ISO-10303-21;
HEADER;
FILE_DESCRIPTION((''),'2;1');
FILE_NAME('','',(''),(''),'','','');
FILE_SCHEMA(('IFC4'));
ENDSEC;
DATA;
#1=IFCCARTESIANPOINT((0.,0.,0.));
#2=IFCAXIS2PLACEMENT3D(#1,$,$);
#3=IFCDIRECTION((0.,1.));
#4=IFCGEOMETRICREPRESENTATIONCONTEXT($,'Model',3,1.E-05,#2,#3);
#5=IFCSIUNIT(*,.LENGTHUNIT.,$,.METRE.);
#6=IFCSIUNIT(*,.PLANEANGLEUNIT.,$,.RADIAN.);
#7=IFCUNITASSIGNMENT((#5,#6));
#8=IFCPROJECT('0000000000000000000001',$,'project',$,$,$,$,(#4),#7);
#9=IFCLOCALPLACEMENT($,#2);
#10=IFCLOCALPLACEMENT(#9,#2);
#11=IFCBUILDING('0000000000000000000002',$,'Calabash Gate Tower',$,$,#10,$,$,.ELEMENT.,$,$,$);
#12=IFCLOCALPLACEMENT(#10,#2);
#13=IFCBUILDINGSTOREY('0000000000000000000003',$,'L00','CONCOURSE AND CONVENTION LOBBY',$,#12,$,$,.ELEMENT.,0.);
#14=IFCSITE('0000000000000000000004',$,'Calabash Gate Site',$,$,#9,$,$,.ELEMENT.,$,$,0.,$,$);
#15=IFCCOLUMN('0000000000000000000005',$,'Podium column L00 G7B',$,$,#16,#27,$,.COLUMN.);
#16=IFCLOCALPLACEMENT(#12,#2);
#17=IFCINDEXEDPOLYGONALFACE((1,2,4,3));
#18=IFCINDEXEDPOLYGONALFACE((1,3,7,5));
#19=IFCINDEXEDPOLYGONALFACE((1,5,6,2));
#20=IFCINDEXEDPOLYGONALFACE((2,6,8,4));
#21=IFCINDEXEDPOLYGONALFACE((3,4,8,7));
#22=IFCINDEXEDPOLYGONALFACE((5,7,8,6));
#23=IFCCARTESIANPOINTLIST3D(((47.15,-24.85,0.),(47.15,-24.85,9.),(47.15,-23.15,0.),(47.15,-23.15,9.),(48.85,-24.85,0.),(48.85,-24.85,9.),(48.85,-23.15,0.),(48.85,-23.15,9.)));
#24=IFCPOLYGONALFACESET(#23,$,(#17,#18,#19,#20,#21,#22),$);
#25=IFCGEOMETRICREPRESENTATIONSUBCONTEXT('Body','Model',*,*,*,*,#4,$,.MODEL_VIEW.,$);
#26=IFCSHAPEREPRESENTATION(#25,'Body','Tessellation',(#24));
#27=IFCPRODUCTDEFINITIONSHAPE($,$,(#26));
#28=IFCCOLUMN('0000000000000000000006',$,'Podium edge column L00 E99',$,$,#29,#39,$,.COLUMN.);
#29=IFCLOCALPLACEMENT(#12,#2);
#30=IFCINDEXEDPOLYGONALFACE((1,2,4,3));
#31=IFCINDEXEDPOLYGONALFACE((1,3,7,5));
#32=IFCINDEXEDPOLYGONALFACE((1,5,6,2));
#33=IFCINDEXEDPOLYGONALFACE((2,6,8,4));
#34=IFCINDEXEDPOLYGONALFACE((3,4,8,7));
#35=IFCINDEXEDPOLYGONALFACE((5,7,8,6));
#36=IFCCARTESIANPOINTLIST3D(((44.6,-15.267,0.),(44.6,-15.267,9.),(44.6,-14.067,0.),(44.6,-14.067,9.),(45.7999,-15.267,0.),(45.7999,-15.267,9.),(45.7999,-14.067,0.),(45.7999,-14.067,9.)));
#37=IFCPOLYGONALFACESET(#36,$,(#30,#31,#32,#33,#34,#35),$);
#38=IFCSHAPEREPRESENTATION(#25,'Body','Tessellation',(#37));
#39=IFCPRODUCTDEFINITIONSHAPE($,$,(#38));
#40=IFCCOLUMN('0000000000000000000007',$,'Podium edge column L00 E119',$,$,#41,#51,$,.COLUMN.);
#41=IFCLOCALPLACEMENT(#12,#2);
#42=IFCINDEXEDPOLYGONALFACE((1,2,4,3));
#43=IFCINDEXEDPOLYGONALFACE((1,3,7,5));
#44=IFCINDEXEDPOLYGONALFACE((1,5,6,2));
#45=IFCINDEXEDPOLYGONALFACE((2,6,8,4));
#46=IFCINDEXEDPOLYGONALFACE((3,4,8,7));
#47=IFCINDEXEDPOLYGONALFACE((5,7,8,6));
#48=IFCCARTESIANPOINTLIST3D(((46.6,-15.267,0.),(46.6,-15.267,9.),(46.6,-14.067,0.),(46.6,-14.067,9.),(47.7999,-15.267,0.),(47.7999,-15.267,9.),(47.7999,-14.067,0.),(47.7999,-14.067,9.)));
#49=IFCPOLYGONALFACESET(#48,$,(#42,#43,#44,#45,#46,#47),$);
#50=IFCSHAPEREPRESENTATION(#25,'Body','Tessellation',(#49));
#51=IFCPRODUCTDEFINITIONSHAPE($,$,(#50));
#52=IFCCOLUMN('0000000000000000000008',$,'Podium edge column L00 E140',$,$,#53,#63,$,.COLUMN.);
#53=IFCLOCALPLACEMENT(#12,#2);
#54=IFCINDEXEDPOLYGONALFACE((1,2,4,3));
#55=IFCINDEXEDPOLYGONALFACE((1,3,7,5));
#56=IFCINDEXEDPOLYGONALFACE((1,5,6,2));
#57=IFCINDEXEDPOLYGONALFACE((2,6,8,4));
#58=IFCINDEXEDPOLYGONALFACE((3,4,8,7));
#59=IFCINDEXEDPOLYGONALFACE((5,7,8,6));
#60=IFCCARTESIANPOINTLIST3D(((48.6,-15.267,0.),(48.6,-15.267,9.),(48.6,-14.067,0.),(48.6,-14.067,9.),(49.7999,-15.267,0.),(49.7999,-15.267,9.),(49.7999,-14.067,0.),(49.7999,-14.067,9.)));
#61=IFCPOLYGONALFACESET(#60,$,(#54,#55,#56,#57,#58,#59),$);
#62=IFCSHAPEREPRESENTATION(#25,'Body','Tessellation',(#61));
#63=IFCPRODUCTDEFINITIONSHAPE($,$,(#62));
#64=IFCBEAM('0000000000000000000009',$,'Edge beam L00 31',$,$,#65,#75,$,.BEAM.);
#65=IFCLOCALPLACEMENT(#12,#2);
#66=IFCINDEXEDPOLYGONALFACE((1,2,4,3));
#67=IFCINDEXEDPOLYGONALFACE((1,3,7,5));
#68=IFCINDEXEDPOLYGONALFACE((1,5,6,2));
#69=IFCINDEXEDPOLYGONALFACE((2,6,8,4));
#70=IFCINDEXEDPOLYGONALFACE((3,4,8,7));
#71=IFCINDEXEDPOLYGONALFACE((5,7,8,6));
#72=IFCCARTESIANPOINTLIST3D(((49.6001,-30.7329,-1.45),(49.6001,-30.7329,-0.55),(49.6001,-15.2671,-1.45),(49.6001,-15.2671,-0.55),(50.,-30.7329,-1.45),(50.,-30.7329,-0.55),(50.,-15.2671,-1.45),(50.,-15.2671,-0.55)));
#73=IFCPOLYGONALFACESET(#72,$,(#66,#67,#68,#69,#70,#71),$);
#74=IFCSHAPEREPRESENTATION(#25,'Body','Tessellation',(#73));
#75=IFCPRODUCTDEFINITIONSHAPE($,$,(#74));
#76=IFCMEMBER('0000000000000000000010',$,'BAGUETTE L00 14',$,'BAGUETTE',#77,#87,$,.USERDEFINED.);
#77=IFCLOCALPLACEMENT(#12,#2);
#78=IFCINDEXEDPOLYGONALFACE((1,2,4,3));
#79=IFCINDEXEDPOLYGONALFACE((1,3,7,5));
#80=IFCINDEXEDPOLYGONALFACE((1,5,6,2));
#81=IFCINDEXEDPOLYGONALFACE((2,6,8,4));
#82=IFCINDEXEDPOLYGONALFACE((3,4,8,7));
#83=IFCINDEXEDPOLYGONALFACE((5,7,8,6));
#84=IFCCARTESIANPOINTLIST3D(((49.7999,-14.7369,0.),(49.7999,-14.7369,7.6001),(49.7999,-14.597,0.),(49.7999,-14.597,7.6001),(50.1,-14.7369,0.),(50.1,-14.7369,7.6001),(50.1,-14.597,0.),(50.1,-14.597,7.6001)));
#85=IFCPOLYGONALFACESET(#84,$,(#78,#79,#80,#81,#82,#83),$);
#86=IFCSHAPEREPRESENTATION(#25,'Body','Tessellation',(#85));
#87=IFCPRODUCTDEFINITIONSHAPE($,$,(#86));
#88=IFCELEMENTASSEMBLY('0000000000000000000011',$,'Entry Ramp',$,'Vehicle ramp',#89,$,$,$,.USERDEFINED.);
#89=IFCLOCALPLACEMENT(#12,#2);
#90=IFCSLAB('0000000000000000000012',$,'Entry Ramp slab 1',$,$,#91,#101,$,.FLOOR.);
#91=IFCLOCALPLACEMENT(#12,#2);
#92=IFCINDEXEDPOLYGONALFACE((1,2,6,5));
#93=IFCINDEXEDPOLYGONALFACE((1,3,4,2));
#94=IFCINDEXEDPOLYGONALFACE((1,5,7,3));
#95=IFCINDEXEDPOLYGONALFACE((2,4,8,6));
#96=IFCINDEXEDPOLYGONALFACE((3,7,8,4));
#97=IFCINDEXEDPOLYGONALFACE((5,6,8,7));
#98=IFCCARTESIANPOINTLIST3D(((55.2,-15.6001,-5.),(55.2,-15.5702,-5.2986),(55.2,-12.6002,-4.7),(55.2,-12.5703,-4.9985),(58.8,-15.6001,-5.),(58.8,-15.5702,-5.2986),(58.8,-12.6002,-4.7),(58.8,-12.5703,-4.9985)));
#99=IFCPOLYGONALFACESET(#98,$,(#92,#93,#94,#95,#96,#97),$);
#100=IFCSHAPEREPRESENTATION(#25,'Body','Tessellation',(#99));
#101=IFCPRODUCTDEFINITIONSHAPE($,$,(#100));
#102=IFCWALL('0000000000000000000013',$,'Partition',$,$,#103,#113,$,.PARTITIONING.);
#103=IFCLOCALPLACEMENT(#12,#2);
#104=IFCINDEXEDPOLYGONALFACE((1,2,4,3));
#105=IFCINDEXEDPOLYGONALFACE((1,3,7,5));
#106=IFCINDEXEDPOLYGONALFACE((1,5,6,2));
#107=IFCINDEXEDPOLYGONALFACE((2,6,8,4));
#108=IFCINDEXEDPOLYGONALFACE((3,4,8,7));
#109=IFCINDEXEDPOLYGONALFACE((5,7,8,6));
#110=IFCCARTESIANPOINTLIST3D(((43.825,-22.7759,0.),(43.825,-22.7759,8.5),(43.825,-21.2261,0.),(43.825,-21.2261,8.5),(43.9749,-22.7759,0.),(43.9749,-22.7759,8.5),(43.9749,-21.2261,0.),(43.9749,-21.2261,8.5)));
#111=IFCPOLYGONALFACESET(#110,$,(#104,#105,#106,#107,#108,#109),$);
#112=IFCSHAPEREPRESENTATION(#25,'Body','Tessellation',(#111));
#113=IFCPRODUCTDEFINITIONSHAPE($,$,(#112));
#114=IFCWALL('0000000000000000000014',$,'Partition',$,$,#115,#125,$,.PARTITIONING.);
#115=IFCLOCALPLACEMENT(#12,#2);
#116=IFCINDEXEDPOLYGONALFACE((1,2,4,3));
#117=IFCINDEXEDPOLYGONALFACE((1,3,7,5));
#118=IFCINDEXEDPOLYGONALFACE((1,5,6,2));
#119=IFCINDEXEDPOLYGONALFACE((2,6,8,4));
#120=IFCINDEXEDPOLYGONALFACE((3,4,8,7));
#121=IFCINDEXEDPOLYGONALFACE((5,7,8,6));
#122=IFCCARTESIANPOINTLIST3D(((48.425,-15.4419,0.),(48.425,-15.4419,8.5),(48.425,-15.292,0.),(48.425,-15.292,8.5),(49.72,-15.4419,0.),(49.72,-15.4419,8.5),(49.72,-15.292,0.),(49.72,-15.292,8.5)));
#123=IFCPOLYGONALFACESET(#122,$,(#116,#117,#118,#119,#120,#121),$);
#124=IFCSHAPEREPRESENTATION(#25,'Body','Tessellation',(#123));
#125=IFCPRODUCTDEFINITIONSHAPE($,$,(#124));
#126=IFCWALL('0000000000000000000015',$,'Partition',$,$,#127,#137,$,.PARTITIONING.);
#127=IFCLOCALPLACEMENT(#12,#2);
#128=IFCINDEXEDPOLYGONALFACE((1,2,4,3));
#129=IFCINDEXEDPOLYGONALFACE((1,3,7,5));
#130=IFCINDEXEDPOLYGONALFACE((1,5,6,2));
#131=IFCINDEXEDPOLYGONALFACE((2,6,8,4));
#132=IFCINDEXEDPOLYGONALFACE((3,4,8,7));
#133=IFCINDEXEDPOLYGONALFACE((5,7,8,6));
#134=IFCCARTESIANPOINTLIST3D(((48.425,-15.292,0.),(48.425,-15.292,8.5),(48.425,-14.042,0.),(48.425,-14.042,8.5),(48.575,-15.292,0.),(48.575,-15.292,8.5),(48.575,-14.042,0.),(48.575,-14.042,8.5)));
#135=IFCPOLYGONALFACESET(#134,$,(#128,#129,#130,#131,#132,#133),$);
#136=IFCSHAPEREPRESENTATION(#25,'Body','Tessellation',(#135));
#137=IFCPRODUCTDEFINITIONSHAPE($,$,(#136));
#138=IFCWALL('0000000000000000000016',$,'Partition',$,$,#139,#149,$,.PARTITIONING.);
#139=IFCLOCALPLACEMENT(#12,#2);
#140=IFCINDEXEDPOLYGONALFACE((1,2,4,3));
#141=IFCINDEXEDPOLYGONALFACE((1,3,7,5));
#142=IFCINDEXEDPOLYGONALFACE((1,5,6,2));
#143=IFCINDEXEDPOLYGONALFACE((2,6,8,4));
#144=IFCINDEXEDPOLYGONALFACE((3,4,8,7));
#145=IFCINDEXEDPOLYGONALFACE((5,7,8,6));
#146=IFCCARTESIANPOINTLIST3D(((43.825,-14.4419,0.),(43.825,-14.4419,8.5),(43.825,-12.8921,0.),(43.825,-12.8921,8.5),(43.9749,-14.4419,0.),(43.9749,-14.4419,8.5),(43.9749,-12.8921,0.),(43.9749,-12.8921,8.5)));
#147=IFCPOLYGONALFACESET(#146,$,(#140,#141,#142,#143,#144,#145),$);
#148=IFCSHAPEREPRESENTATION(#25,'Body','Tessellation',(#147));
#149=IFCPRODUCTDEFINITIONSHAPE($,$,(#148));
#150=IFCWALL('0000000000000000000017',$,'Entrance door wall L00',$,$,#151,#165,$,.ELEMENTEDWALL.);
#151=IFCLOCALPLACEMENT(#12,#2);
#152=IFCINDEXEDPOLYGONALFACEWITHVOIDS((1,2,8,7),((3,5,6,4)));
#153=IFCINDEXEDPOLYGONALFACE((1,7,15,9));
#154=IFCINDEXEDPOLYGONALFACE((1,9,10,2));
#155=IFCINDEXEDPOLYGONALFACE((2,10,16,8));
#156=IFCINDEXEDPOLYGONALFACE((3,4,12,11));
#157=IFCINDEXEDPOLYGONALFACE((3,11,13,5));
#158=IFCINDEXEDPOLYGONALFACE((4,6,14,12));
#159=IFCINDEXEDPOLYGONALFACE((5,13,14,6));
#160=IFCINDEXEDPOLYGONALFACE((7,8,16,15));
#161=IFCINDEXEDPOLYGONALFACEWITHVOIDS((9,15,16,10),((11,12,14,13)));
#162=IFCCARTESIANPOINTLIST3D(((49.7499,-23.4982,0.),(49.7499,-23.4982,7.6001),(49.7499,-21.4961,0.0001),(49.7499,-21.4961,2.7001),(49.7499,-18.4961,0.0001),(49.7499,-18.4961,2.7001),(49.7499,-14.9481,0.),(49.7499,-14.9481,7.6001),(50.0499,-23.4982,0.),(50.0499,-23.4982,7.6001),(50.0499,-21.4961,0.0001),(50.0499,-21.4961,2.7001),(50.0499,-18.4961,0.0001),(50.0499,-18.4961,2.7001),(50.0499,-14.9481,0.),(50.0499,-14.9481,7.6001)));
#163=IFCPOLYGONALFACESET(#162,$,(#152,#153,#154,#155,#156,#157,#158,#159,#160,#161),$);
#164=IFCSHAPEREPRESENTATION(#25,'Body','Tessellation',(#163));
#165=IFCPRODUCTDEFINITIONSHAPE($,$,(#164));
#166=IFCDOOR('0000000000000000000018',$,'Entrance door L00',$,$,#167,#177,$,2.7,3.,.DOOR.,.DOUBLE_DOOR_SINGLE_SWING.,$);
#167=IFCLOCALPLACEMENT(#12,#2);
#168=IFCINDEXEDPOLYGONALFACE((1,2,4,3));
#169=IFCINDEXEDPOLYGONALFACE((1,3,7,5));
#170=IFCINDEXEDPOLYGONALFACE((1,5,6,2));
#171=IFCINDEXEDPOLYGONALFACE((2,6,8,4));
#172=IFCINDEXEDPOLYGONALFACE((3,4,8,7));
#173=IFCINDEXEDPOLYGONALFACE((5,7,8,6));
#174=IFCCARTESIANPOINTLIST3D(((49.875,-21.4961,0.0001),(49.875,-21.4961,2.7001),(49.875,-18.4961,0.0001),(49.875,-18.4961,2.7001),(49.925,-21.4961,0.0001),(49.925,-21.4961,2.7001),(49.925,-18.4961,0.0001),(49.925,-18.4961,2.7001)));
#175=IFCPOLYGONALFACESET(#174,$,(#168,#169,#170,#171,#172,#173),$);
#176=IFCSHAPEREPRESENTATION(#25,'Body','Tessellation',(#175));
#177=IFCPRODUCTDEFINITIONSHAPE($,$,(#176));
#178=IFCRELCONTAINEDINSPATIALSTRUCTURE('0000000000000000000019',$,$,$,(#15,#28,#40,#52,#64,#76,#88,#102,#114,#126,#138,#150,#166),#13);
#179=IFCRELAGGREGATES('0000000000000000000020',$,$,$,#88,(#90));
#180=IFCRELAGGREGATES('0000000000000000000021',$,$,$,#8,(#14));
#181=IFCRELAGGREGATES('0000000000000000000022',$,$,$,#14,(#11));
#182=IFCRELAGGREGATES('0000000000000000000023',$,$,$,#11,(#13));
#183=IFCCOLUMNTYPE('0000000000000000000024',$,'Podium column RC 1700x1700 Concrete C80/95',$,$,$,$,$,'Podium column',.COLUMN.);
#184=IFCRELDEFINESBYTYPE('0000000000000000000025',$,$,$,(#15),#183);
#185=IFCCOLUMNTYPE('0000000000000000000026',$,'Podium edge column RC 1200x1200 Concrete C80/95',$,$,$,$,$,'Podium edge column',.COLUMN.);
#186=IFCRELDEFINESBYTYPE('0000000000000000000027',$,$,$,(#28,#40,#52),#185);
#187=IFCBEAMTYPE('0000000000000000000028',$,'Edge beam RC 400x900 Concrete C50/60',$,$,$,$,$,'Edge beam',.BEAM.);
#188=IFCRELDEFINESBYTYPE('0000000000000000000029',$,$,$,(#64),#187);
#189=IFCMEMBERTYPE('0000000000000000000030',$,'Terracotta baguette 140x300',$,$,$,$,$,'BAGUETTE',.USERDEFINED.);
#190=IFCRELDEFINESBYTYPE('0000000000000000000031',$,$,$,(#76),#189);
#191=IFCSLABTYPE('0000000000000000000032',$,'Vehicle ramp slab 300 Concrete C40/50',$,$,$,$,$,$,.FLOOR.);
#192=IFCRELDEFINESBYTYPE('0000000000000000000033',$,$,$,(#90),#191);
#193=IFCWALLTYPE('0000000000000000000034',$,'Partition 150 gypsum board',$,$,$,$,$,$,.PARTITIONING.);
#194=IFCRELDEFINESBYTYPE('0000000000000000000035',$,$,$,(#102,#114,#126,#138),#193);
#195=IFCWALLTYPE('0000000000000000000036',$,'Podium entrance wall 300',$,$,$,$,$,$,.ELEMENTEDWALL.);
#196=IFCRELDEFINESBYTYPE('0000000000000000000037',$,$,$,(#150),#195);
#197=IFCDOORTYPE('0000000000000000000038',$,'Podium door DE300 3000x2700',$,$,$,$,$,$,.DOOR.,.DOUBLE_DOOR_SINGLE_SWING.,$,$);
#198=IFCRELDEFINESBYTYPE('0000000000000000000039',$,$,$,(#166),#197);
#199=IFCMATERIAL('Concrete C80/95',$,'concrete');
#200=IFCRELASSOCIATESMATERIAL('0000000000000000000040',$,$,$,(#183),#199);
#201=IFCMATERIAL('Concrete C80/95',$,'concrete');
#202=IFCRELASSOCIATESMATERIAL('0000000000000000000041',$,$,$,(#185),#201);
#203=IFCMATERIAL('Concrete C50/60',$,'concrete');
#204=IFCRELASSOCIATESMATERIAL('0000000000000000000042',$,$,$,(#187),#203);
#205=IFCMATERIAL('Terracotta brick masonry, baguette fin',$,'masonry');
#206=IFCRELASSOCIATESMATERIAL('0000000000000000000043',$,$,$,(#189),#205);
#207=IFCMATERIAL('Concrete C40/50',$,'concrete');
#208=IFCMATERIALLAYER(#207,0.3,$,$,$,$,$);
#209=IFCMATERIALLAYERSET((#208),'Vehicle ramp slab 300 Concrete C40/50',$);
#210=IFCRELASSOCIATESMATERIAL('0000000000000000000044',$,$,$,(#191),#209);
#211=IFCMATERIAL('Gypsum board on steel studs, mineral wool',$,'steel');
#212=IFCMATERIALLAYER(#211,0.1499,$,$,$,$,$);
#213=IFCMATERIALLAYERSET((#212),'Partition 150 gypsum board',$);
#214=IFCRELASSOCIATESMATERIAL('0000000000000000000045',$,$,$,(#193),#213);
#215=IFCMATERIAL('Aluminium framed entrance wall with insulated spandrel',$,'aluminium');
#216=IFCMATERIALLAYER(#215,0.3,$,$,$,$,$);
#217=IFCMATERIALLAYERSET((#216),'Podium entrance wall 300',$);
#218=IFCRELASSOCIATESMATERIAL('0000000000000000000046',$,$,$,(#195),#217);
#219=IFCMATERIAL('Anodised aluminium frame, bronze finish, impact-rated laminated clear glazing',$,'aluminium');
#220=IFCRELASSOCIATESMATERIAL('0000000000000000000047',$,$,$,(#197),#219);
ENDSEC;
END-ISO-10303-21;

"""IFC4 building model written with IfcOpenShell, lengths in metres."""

from ifc_helpers import new_model, si_unit, direction, frame, frame_2d, origin, origin_2d, place, context, subcontext, project, spatial, polyline, rectangle, outline, extrude, material, layer, layer_set, material_profile, profile_set, type_object, element, fill, aggregate, save


model = new_model("IFC4")

# Units and contexts
model_context = context("Model", 3, precision=1e-05, world=origin(), true_north=direction((0.0, 1.0)))
body_context = subcontext(model_context, "Body", "Model", "MODEL_VIEW")
ifc_project = project(units=[si_unit("LENGTHUNIT", "METRE"), si_unit("PLANEANGLEUNIT", "RADIAN")], contexts=[model_context])

# Site, building, storey
site_placement = place(None, origin())
site = spatial("IfcSite", under=ifc_project, at=site_placement, Name="Calabash Gate Site", CompositionType="ELEMENT", RefElevation=0.0)
building_placement = place(site_placement, origin())
building = spatial("IfcBuilding", under=site, at=building_placement, Name="Calabash Gate Tower", CompositionType="ELEMENT")
storey_placement = place(building_placement, origin())
storey = spatial("IfcBuildingStorey", under=building, at=storey_placement, Name="L00", Description="CONCOURSE AND CONVENTION LOBBY", CompositionType="ELEMENT", Elevation=0.0)

# Columns
ifc_material_1 = material(Name="Concrete C80/95", Category="concrete")
ifc_material_profile_1 = material_profile(ifc_material_1, rectangle(XDim=1.7, YDim=1.7, at=origin_2d()))
ifc_profile_set_1 = profile_set([ifc_material_profile_1], Name="Concrete C80/95")
column_type_1 = type_object("IfcColumnType", Name="Podium column RC 1700x1700 Concrete C80/95", ElementType="Podium column", PredefinedType="COLUMN", material=ifc_profile_set_1)
column_placement = place(storey_placement, frame((48.0, -24.0, 0.0), z_axis=(0.0, 0.0, 1.0), x_axis=(1.0, 0.0, 0.0)))
element("IfcColumn", 1, at=column_placement, inside=storey, type_object=column_type_1, Name="Podium column L00 G7B", PredefinedType="COLUMN", context=body_context, shape_type="SweptSolid", body=[
    extrude(rectangle(XDim=1.7, YDim=1.7, at=origin_2d()), origin(), (0.0, 0.0, 1.0), 9.0),
])
ifc_material_2 = material(Name="Concrete C80/95", Category="concrete")
ifc_material_profile_2 = material_profile(ifc_material_2, rectangle(XDim=1.2, YDim=1.2, at=origin_2d()))
ifc_profile_set_2 = profile_set([ifc_material_profile_2], Name="Concrete C80/95")
column_type_2 = type_object("IfcColumnType", Name="Podium edge column RC 1200x1200 Concrete C80/95", ElementType="Podium edge column", PredefinedType="COLUMN", material=ifc_profile_set_2)
for number, where, z_axis, x_axis, name in (
    (2, (45.2, -14.667, 0.0), (0.0, 0.0, 1.0), (1.0, 0.0, 0.0), "Podium edge column L00 E99"),
    (3, (47.2, -14.667, 0.0), (0.0, 0.0, 1.0), (1.0, 0.0, 0.0), "Podium edge column L00 E119"),
    (4, (49.2, -14.667, 0.0), (0.0, 0.0, 1.0), (1.0, 0.0, 0.0), "Podium edge column L00 E140"),
):
    element("IfcColumn", number, at=place(storey_placement, frame(where, z_axis=z_axis, x_axis=x_axis)), inside=storey, type_object=column_type_2, Name=name, PredefinedType="COLUMN", context=body_context, shape_type="SweptSolid", body=[
        extrude(rectangle(XDim=1.2, YDim=1.2, at=origin_2d()), origin(), (0.0, 0.0, 1.0), 9.0),
    ])

# Beam
ifc_material_3 = material(Name="Concrete C50/60", Category="concrete")
ifc_material_profile_3 = material_profile(ifc_material_3, rectangle(XDim=0.3999, YDim=0.8999, at=origin_2d()))
ifc_profile_set_3 = profile_set([ifc_material_profile_3], Name="Concrete C50/60")
beam_type = type_object("IfcBeamType", Name="Edge beam RC 400x900 Concrete C50/60", ElementType="Edge beam", PredefinedType="BEAM", material=ifc_profile_set_3)
beam_placement = place(storey_placement, frame((49.8, -15.2671, -1.0), z_axis=(0.0, -1.0, 0.0), x_axis=(1.0, 0.0, 0.0)))
element("IfcBeam", 5, at=beam_placement, inside=storey, type_object=beam_type, Name="Edge beam L00 31", PredefinedType="BEAM", context=body_context, shape_type="SweptSolid", body=[
    extrude(rectangle(XDim=0.3999, YDim=0.8999, at=origin_2d()), origin(), (0.0, 0.0, 1.0), 15.4658),
])

# Member
ifc_material_4 = material(Name="Terracotta brick masonry, baguette fin", Category="masonry")
ifc_material_profile_4 = material_profile(ifc_material_4, rectangle(XDim=0.1399, YDim=0.3, at=origin_2d()))
ifc_profile_set_4 = profile_set([ifc_material_profile_4], Name="Terracotta brick masonry, baguette fin")
member_type = type_object("IfcMemberType", Name="Terracotta baguette 140x300", ElementType="BAGUETTE", PredefinedType="USERDEFINED", material=ifc_profile_set_4)
member_placement = place(storey_placement, frame((49.95, -14.667, 0.0), z_axis=(0.0, 0.0, 1.0), x_axis=(0.0, 1.0, 0.0)))
element("IfcMember", 6, at=member_placement, inside=storey, type_object=member_type, Name="BAGUETTE L00 14", ObjectType="BAGUETTE", PredefinedType="USERDEFINED", context=body_context, shape_type="SweptSolid", body=[
    extrude(rectangle(XDim=0.1399, YDim=0.3, at=origin_2d()), origin(), (0.0, 0.0, 1.0), 7.6001),
])

# Element assembly, slab
assembly_placement = place(storey_placement, origin())
assembly = element("IfcElementAssembly", 7, at=assembly_placement, inside=storey, Name="Entry Ramp", ObjectType="Vehicle ramp", PredefinedType="USERDEFINED")
ifc_material_5 = material(Name="Concrete C40/50", Category="concrete")
ifc_layer_1 = layer(ifc_material_5, 0.3)
ifc_layer_set_1 = layer_set([ifc_layer_1], Name="Vehicle ramp slab 300 Concrete C40/50")
slab_type = type_object("IfcSlabType", Name="Vehicle ramp slab 300 Concrete C40/50", PredefinedType="FLOOR", material=ifc_layer_set_1)
slab_placement = place(storey_placement, frame((55.2, -15.6001, -5.0), z_axis=(0.0, -0.09952, 0.995036), x_axis=(1.0, 0.0, 0.0)))
slab = element("IfcSlab", 8, at=slab_placement, type_object=slab_type, Name="Entry Ramp slab 1", PredefinedType="FLOOR", context=body_context, shape_type="SweptSolid", body=[
    extrude(outline(polyline([(0.0, 0.0), (3.6001, 0.0), (3.6001, 3.0149), (0.0, 3.0149), (0.0, 0.0)])), origin(), (0.0, 0.0, -1.0), 0.3),
])
aggregate(assembly, [slab])

# Walls
ifc_material_6 = material(Name="Gypsum board on steel studs, mineral wool", Category="steel")
ifc_layer_2 = layer(ifc_material_6, 0.1499)
ifc_layer_set_2 = layer_set([ifc_layer_2], Name="Partition 150 gypsum board")
wall_type_1 = type_object("IfcWallType", Name="Partition 150 gypsum board", PredefinedType="PARTITIONING", material=ifc_layer_set_2)
wall_1_placement = place(storey_placement, frame((43.8999, -22.7759, 0.0), z_axis=(0.0, 0.0, 1.0), x_axis=(0.0, 1.0, 0.0)))
element("IfcWall", 9, at=wall_1_placement, inside=storey, type_object=wall_type_1, Name="Partition", PredefinedType="PARTITIONING", context=body_context, shape_type="SweptSolid", body=[
    extrude(rectangle(XDim=1.5498, YDim=0.1499, at=frame_2d((0.7749, 0.0))), origin(), (0.0, 0.0, 1.0), 8.5),
])
wall_2_placement = place(storey_placement, frame((48.425, -15.3669, 0.0), z_axis=(0.0, 0.0, 1.0), x_axis=(1.0, 0.0, 0.0)))
element("IfcWall", 10, at=wall_2_placement, inside=storey, type_object=wall_type_1, Name="Partition", PredefinedType="PARTITIONING", context=body_context, shape_type="SweptSolid", body=[
    extrude(rectangle(XDim=1.2949, YDim=0.1499, at=frame_2d((0.6475, 0.0))), origin(), (0.0, 0.0, 1.0), 8.5),
])
wall_3_placement = place(storey_placement, frame((48.5, -15.292, 0.0), z_axis=(0.0, 0.0, 1.0), x_axis=(0.0, 1.0, 0.0)))
element("IfcWall", 11, at=wall_3_placement, inside=storey, type_object=wall_type_1, Name="Partition", PredefinedType="PARTITIONING", context=body_context, shape_type="SweptSolid", body=[
    extrude(rectangle(XDim=1.25, YDim=0.1499, at=frame_2d((0.625, 0.0))), origin(), (0.0, 0.0, 1.0), 8.5),
])
wall_4_placement = place(storey_placement, frame((43.8999, -14.4419, 0.0), z_axis=(0.0, 0.0, 1.0), x_axis=(0.0, 1.0, 0.0)))
element("IfcWall", 12, at=wall_4_placement, inside=storey, type_object=wall_type_1, Name="Partition", PredefinedType="PARTITIONING", context=body_context, shape_type="SweptSolid", body=[
    extrude(rectangle(XDim=1.5498, YDim=0.1499, at=frame_2d((0.7749, 0.0))), origin(), (0.0, 0.0, 1.0), 8.5),
])

# Wall, opening, door
ifc_material_7 = material(Name="Aluminium framed entrance wall with insulated spandrel", Category="aluminium")
ifc_layer_3 = layer(ifc_material_7, 0.3)
ifc_layer_set_3 = layer_set([ifc_layer_3], Name="Podium entrance wall 300")
wall_type_2 = type_object("IfcWallType", Name="Podium entrance wall 300", PredefinedType="ELEMENTEDWALL", material=ifc_layer_set_3)
wall_5_placement = place(storey_placement, frame((49.8999, -23.498, 0.0), z_axis=(0.0, 0.0, 1.0), x_axis=(0.0, 1.0, 0.0)))
wall_5 = element("IfcWall", 13, at=wall_5_placement, inside=storey, type_object=wall_type_2, Name="Entrance door wall L00", PredefinedType="ELEMENTEDWALL", context=body_context, shape_type="SweptSolid", body=[
    extrude(rectangle(XDim=8.55, YDim=0.3, at=frame_2d((4.2749, 0.0))), origin(), (0.0, 0.0, 1.0), 7.6001),
])
opening_1_placement = place(wall_5_placement, frame((2.002, 0.0, 0.0)))
opening_1 = element("IfcOpeningElement", 14, at=opening_1_placement, cuts=wall_5, PredefinedType="OPENING", context=body_context, shape_type="SweptSolid", body=[
    extrude(rectangle(XDim=3.0, YDim=2.7, at=frame_2d((1.5, 1.3501))), frame((0.0, 0.1599, 0.0), z_axis=(0.0, -1.0, 0.0), x_axis=(1.0, 0.0, 0.0)), (0.0, 0.0, 1.0), 0.3201),
])
ifc_material_8 = material(Name="Anodised aluminium frame, bronze finish, impact-rated laminated clear glazing", Category="aluminium")
door_type_1 = type_object("IfcDoorType", Name="Podium door DE300 3000x2700", OperationType="DOUBLE_DOOR_SINGLE_SWING", PredefinedType="DOOR", material=ifc_material_8)
door_1_placement = place(opening_1_placement, origin())
door_1 = element("IfcDoor", 15, at=door_1_placement, inside=storey, type_object=door_type_1, Name="Entrance door L00", OperationType="DOUBLE_DOOR_SINGLE_SWING", OverallHeight=2.7, OverallWidth=3.0, PredefinedType="DOOR", context=body_context, shape_type="SweptSolid", body=[
    extrude(rectangle(XDim=3.0, YDim=2.7, at=frame_2d((1.5, 1.3501))), frame((0.0, 0.0249, 0.0), z_axis=(0.0, -1.0, 0.0), x_axis=(1.0, 0.0, 0.0)), (0.0, 0.0, 1.0), 0.05),
])
fill(opening_1, door_1)

save(model, "model.ifc")
